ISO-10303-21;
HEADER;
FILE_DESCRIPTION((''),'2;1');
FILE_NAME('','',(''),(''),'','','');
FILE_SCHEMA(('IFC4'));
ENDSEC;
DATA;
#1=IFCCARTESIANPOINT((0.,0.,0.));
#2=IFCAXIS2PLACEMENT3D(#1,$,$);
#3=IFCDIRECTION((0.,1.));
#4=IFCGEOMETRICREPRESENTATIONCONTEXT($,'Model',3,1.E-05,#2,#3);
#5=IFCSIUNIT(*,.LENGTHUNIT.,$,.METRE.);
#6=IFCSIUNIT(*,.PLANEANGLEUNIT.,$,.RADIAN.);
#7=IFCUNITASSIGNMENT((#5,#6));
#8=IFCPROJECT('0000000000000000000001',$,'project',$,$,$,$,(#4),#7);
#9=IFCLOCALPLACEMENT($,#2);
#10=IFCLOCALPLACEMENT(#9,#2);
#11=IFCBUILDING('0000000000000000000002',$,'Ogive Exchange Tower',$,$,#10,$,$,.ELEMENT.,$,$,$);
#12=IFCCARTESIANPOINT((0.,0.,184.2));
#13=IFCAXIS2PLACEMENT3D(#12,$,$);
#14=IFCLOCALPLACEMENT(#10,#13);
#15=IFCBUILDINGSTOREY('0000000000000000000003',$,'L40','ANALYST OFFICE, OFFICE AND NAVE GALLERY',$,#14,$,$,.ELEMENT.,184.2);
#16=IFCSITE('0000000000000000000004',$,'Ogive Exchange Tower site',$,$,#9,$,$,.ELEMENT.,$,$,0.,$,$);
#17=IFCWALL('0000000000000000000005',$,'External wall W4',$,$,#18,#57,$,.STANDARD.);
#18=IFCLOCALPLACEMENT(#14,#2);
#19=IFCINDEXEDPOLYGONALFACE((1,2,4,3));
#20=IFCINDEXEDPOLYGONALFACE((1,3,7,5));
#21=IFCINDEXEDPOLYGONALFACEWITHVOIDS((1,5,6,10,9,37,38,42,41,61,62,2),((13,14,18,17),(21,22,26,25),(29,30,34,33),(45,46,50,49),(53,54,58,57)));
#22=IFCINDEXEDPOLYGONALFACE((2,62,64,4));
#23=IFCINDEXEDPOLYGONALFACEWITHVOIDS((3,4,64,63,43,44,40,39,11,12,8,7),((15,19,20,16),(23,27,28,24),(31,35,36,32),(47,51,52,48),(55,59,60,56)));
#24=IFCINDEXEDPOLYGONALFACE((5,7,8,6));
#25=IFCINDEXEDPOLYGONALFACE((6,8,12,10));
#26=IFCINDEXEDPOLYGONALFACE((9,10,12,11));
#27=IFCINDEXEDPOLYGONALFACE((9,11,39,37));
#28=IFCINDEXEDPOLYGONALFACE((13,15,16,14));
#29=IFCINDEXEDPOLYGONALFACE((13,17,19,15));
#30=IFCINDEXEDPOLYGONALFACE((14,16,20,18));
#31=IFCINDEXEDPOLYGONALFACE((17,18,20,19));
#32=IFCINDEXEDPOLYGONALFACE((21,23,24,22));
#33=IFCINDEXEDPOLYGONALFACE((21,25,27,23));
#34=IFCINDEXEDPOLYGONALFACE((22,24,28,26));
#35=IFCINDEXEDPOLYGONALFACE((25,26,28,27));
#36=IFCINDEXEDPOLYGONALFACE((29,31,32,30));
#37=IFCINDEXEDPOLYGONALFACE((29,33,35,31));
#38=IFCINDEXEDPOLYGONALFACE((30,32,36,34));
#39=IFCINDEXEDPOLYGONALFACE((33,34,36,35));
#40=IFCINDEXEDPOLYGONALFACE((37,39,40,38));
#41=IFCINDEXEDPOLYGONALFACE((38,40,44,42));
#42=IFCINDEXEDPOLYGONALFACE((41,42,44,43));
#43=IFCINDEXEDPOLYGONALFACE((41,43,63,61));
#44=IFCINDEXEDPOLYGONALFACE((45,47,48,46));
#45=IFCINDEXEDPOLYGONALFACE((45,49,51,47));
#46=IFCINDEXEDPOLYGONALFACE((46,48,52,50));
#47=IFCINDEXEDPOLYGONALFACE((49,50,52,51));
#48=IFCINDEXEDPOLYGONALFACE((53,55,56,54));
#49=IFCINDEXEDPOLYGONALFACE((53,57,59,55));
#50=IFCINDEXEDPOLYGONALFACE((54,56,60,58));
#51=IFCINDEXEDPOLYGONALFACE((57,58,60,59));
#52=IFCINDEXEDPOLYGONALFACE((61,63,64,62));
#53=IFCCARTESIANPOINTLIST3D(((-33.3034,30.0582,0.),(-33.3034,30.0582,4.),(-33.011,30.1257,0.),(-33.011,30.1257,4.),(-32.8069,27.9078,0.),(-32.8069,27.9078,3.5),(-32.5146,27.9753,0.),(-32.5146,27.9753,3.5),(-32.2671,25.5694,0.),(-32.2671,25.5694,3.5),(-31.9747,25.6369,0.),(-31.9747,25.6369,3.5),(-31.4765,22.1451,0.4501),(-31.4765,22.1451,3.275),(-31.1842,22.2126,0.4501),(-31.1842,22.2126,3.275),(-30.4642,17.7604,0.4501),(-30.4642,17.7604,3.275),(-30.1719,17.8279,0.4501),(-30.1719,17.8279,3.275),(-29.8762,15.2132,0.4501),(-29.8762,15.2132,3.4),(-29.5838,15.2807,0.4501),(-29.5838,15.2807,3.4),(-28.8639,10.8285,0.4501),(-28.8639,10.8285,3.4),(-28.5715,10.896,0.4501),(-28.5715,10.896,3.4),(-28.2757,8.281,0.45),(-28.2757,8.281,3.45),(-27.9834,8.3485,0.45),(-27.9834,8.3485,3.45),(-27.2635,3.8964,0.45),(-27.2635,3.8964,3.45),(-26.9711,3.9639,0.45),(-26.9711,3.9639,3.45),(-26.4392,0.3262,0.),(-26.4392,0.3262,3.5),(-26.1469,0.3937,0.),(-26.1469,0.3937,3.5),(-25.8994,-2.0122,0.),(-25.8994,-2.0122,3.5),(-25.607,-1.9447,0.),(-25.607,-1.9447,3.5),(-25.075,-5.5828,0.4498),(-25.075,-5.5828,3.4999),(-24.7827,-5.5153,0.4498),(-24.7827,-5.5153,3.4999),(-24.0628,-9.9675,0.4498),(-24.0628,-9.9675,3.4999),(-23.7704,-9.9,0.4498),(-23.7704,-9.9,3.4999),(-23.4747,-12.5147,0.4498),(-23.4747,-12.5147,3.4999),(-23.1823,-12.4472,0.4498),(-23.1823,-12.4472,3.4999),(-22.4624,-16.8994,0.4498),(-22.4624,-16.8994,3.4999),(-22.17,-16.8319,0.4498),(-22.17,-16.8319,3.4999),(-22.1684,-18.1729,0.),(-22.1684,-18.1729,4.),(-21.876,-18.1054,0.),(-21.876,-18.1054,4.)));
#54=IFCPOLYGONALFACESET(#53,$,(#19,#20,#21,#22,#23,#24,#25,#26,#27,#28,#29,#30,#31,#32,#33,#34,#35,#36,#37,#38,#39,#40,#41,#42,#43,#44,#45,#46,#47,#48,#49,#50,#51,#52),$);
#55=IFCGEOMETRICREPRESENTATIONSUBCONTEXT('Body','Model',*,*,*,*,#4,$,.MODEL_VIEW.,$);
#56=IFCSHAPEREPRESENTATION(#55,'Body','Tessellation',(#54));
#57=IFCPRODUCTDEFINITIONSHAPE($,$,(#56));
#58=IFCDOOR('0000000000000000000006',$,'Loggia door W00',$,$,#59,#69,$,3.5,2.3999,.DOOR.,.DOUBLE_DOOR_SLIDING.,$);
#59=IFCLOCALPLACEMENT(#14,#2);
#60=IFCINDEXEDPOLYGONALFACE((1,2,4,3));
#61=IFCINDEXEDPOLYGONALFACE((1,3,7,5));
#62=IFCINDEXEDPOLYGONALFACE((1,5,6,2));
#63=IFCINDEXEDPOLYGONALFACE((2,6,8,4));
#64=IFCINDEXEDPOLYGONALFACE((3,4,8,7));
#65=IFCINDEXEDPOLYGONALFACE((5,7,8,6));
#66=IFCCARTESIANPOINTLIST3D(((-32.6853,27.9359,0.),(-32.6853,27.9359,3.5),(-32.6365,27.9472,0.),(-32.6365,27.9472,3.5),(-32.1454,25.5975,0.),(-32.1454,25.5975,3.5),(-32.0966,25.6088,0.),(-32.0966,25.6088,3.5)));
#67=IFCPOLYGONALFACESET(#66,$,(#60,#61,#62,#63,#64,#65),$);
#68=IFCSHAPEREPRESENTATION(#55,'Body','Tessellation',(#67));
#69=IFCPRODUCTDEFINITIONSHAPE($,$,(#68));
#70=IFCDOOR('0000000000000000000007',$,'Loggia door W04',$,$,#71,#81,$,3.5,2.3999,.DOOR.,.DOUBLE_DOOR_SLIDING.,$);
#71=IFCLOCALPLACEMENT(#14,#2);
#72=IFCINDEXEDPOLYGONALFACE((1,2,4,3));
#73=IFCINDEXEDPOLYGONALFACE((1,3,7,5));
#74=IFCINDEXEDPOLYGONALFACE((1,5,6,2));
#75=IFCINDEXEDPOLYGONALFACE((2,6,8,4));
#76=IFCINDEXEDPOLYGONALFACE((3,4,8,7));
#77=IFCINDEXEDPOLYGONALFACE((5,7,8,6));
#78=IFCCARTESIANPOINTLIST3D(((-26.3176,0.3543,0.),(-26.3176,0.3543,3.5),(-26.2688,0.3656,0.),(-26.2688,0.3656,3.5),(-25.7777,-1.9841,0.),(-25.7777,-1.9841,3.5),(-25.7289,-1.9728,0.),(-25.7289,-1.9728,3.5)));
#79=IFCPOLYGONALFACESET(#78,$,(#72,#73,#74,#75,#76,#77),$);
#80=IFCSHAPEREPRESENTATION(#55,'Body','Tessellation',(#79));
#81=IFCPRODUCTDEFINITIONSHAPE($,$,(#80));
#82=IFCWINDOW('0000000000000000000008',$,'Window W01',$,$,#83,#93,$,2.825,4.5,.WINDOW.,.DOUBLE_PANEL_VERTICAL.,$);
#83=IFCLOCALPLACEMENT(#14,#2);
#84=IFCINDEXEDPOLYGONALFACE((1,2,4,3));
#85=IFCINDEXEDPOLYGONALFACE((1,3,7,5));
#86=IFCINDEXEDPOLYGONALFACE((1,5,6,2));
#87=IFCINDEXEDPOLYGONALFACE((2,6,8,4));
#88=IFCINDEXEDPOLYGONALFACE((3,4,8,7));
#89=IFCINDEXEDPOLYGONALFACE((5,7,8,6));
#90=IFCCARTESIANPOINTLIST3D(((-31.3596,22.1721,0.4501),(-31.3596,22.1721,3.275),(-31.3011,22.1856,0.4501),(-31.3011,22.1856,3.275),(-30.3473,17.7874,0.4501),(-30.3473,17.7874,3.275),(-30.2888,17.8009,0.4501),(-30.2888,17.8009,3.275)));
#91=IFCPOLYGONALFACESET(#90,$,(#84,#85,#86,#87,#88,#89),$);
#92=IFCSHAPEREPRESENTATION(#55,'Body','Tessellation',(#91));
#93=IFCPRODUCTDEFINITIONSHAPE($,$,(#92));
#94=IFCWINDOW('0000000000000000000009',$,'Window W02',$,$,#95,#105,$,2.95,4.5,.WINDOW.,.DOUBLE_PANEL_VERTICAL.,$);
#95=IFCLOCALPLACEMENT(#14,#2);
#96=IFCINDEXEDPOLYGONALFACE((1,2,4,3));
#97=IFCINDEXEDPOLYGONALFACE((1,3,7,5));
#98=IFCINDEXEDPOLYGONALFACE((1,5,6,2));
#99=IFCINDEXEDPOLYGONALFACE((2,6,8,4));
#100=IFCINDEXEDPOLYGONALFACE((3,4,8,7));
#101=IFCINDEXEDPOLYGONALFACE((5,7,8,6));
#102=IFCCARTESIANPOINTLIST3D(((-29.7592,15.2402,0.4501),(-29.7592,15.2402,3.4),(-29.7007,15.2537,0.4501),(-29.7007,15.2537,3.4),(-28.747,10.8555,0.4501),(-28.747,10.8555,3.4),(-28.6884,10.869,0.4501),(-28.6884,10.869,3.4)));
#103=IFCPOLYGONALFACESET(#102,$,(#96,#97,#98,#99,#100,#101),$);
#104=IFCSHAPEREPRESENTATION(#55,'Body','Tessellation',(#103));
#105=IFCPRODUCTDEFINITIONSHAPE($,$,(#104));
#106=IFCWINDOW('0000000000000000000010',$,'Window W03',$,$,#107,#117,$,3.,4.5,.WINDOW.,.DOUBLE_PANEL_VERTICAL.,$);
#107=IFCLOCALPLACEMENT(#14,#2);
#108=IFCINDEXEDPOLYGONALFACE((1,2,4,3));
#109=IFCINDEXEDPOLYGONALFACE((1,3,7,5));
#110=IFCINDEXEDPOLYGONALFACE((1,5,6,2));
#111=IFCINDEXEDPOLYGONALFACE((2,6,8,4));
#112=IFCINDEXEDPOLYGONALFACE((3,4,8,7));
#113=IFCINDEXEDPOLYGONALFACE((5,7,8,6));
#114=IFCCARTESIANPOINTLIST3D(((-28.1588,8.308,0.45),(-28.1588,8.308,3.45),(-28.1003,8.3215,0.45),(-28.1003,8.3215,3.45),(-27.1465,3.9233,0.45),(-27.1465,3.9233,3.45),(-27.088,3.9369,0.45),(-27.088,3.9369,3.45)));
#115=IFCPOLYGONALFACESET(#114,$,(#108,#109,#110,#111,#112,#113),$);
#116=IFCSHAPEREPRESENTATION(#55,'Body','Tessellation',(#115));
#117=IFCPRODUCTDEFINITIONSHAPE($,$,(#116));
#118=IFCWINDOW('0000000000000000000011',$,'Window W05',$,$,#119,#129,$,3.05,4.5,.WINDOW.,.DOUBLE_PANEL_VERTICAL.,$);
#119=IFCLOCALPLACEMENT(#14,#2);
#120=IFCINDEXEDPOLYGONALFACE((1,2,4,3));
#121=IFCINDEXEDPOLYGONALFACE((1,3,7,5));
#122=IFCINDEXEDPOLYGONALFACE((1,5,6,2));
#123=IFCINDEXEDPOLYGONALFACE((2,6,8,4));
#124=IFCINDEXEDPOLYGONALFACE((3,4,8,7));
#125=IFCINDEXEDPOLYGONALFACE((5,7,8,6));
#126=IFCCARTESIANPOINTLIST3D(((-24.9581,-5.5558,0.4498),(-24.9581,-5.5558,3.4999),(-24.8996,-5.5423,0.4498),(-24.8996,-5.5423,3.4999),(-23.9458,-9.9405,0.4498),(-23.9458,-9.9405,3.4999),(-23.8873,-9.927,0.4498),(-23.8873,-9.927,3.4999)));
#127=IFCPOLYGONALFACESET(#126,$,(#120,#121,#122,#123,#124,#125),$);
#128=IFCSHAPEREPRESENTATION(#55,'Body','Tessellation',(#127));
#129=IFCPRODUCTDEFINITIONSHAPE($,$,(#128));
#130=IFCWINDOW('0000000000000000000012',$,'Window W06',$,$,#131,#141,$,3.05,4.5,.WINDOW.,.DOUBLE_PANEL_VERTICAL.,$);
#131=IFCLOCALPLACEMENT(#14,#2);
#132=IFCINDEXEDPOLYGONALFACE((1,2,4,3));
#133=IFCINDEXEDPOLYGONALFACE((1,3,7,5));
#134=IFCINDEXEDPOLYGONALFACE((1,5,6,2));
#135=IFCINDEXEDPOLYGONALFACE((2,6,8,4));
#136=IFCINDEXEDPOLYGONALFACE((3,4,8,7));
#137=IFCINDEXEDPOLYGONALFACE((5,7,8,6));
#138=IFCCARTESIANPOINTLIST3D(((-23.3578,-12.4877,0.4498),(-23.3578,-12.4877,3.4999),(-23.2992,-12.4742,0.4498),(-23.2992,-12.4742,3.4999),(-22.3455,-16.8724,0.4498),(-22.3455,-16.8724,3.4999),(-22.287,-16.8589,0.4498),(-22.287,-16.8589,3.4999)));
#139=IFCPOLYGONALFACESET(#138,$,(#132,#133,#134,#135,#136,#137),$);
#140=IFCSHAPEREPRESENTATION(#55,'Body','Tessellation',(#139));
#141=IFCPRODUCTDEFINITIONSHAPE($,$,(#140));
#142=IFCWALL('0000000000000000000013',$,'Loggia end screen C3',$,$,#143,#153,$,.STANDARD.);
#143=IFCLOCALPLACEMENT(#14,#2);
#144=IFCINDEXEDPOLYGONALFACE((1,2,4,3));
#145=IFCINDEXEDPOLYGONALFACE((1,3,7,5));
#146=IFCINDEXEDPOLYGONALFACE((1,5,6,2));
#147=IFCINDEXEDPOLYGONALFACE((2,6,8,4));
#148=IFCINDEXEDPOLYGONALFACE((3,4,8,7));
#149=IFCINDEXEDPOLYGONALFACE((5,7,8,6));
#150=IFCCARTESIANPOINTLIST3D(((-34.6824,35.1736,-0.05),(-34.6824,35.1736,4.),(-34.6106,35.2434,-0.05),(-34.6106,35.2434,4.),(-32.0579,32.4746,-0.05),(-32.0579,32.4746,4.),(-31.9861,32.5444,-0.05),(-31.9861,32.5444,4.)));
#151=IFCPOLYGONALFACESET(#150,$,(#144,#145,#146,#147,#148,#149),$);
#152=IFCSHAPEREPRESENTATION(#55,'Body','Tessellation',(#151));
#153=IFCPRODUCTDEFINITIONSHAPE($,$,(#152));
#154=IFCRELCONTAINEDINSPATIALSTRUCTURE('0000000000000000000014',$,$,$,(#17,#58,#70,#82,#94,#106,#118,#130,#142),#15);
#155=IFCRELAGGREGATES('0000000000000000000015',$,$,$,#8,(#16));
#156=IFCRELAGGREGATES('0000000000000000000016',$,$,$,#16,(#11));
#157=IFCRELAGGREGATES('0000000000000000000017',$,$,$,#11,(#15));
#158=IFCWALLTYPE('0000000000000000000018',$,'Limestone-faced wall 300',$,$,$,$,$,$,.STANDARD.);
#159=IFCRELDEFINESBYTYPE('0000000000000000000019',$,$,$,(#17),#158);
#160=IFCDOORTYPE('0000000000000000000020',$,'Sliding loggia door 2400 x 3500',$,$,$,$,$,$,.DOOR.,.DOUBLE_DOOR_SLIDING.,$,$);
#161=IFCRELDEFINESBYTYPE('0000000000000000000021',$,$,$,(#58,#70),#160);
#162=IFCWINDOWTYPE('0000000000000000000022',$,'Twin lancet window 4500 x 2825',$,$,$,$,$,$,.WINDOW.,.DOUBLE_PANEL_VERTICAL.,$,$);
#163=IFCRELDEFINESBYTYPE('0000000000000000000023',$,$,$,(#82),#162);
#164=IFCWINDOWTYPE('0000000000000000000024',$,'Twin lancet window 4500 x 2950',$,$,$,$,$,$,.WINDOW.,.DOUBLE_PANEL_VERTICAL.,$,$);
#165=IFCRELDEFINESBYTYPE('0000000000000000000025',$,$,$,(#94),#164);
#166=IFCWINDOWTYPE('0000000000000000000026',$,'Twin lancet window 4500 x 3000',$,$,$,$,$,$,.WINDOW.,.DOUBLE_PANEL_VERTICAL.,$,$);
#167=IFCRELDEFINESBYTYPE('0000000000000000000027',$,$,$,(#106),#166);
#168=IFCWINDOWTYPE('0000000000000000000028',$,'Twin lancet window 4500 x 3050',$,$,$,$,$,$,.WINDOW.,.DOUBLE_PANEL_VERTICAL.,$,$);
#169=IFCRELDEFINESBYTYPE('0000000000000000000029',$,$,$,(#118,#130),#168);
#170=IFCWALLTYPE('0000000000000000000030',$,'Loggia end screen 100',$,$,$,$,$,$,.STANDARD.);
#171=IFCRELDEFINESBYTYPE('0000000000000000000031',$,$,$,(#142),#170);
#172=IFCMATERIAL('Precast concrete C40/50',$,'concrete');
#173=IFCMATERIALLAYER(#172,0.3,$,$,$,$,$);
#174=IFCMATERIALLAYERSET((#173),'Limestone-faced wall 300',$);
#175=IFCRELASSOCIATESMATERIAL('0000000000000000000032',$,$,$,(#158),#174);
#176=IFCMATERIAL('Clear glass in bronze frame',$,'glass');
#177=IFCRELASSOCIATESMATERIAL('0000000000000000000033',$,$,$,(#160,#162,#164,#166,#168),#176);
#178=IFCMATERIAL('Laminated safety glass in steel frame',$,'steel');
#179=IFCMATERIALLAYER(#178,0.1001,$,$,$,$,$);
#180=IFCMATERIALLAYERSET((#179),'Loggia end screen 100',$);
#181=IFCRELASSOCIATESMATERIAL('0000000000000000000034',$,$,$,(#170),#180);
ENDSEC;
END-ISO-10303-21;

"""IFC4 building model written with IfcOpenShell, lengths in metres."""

from ifc_helpers import new_model, si_unit, direction, frame, frame_2d, origin, place, context, subcontext, project, spatial, rectangle, extrude, material, layer, layer_set, type_object, element, fill, save


model = new_model("IFC4")

# Units and contexts
model_context = context("Model", 3, precision=1e-05, world=origin(), true_north=direction((0.0, 1.0)))
body_context = subcontext(model_context, "Body", "Model", "MODEL_VIEW")
ifc_project = project(units=[si_unit("LENGTHUNIT", "METRE"), si_unit("PLANEANGLEUNIT", "RADIAN")], contexts=[model_context])

# Site, building, storey
site_placement = place(None, origin())
site = spatial("IfcSite", under=ifc_project, at=site_placement, Name="Ogive Exchange Tower site", CompositionType="ELEMENT", RefElevation=0.0)
building_placement = place(site_placement, origin())
building = spatial("IfcBuilding", under=site, at=building_placement, Name="Ogive Exchange Tower", CompositionType="ELEMENT")
storey_placement = place(building_placement, frame((0.0, 0.0, 184.2)))
storey = spatial("IfcBuildingStorey", under=building, at=storey_placement, Name="L40", Description="ANALYST OFFICE, OFFICE AND NAVE GALLERY", CompositionType="ELEMENT", Elevation=184.2)

# Wall, openings, doors, windows
ifc_material_1 = material(Name="Precast concrete C40/50", Category="concrete")
ifc_layer_1 = layer(ifc_material_1, 0.3)
ifc_layer_set_1 = layer_set([ifc_layer_1], Name="Limestone-faced wall 300")
wall_type_1 = type_object("IfcWallType", Name="Limestone-faced wall 300", PredefinedType="STANDARD", material=ifc_layer_set_1)
wall_1_placement = place(storey_placement, frame((-33.1572, 30.092, 0.0), z_axis=(0.0, 0.0, 1.0), x_axis=(0.22495, -0.97437, 0.0)))
wall_1 = element("IfcWall", 1, at=wall_1_placement, inside=storey, type_object=wall_type_1, Name="External wall W4", PredefinedType="STANDARD", context=body_context, shape_type="SweptSolid", body=[
    extrude(rectangle(XDim=49.4998, YDim=0.3, at=frame_2d((24.75, 0.0))), origin(), (0.0, 0.0, 1.0), 4.0),
])
opening_1_placement = place(wall_1_placement, frame((2.207, 0.0, 0.0)))
opening_1 = element("IfcOpeningElement", 2, at=opening_1_placement, cuts=wall_1, PredefinedType="OPENING", context=body_context, shape_type="SweptSolid", body=[
    extrude(rectangle(XDim=2.3999, YDim=3.5, at=frame_2d((1.2, 1.75))), frame((0.0, 0.1599, 0.0), z_axis=(0.0, -1.0, 0.0), x_axis=(1.0, 0.0, 0.0)), (0.0, 0.0, 1.0), 0.3201),
])
opening_2_placement = place(wall_1_placement, frame((8.1213, 0.0, 0.45)))
opening_2 = element("IfcOpeningElement", 3, at=opening_2_placement, cuts=wall_1, PredefinedType="OPENING", context=body_context, shape_type="SweptSolid", body=[
    extrude(rectangle(XDim=4.5, YDim=2.825, at=frame_2d((2.25, 1.4126))), frame((0.0, 0.1599, 0.0), z_axis=(0.0, -1.0, 0.0), x_axis=(1.0, 0.0, 0.0)), (0.0, 0.0, 1.0), 0.3201),
])
opening_3_placement = place(wall_1_placement, frame((15.2356, 0.0, 0.45)))
opening_3 = element("IfcOpeningElement", 4, at=opening_3_placement, cuts=wall_1, PredefinedType="OPENING", context=body_context, shape_type="SweptSolid", body=[
    extrude(rectangle(XDim=4.5, YDim=2.95, at=frame_2d((2.25, 1.4751))), frame((0.0, 0.1599, 0.0), z_axis=(0.0, -1.0, 0.0), x_axis=(1.0, 0.0, 0.0)), (0.0, 0.0, 1.0), 0.3201),
])
opening_4_placement = place(wall_1_placement, frame((22.3501, 0.0, 0.45)))
opening_4 = element("IfcOpeningElement", 5, at=opening_4_placement, cuts=wall_1, PredefinedType="OPENING", context=body_context, shape_type="SweptSolid", body=[
    extrude(rectangle(XDim=4.5, YDim=3.0, at=frame_2d((2.25, 1.5))), frame((0.0, 0.1599, 0.0), z_axis=(0.0, -1.0, 0.0), x_axis=(1.0, 0.0, 0.0)), (0.0, 0.0, 1.0), 0.3201),
])
opening_5_placement = place(wall_1_placement, frame((30.5142, 0.0, 0.0)))
opening_5 = element("IfcOpeningElement", 6, at=opening_5_placement, cuts=wall_1, PredefinedType="OPENING", context=body_context, shape_type="SweptSolid", body=[
    extrude(rectangle(XDim=2.3999, YDim=3.5, at=frame_2d((1.2, 1.75))), frame((0.0, 0.1599, 0.0), z_axis=(0.0, -1.0, 0.0), x_axis=(1.0, 0.0, 0.0)), (0.0, 0.0, 1.0), 0.3201),
])
opening_6_placement = place(wall_1_placement, frame((36.5786, 0.0, 0.45)))
opening_6 = element("IfcOpeningElement", 7, at=opening_6_placement, cuts=wall_1, PredefinedType="OPENING", context=body_context, shape_type="SweptSolid", body=[
    extrude(rectangle(XDim=4.5, YDim=3.05, at=frame_2d((2.25, 1.5249))), frame((0.0, 0.1599, 0.0), z_axis=(0.0, -1.0, 0.0), x_axis=(1.0, 0.0, 0.0)), (0.0, 0.0, 1.0), 0.3201),
])
opening_7_placement = place(wall_1_placement, frame((43.6929, 0.0, 0.45)))
opening_7 = element("IfcOpeningElement", 8, at=opening_7_placement, cuts=wall_1, PredefinedType="OPENING", context=body_context, shape_type="SweptSolid", body=[
    extrude(rectangle(XDim=4.5, YDim=3.05, at=frame_2d((2.25, 1.5249))), frame((0.0, 0.1599, 0.0), z_axis=(0.0, -1.0, 0.0), x_axis=(1.0, 0.0, 0.0)), (0.0, 0.0, 1.0), 0.3201),
])
ifc_material_2 = material(Name="Clear glass in bronze frame", Category="glass")
door_type_1 = type_object("IfcDoorType", Name="Sliding loggia door 2400 x 3500", OperationType="DOUBLE_DOOR_SLIDING", PredefinedType="DOOR", material=ifc_material_2)
door_1_placement = place(opening_1_placement, origin())
door_1 = element("IfcDoor", 9, at=door_1_placement, inside=storey, type_object=door_type_1, Name="Loggia door W00", OperationType="DOUBLE_DOOR_SLIDING", OverallHeight=3.5, OverallWidth=2.3999, PredefinedType="DOOR", context=body_context, shape_type="SweptSolid", body=[
    extrude(rectangle(XDim=2.3999, YDim=3.5, at=frame_2d((1.2, 1.75))), frame((0.0, 0.0249, 0.0), z_axis=(0.0, -1.0, 0.0), x_axis=(1.0, 0.0, 0.0)), (0.0, 0.0, 1.0), 0.05),
])
fill(opening_1, door_1)
door_2_placement = place(opening_5_placement, origin())
door_2 = element("IfcDoor", 10, at=door_2_placement, inside=storey, type_object=door_type_1, Name="Loggia door W04", OperationType="DOUBLE_DOOR_SLIDING", OverallHeight=3.5, OverallWidth=2.3999, PredefinedType="DOOR", context=body_context, shape_type="SweptSolid", body=[
    extrude(rectangle(XDim=2.3999, YDim=3.5, at=frame_2d((1.2, 1.75))), frame((0.0, 0.0249, 0.0), z_axis=(0.0, -1.0, 0.0), x_axis=(1.0, 0.0, 0.0)), (0.0, 0.0, 1.0), 0.05),
])
fill(opening_5, door_2)
window_type_1 = type_object("IfcWindowType", Name="Twin lancet window 4500 x 2825", PartitioningType="DOUBLE_PANEL_VERTICAL", PredefinedType="WINDOW", material=ifc_material_2)
window_1_placement = place(opening_2_placement, origin())
window_1 = element("IfcWindow", 11, at=window_1_placement, inside=storey, type_object=window_type_1, Name="Window W01", OverallHeight=2.825, OverallWidth=4.5, PartitioningType="DOUBLE_PANEL_VERTICAL", PredefinedType="WINDOW", context=body_context, shape_type="SweptSolid", body=[
    extrude(rectangle(XDim=4.5, YDim=2.825, at=frame_2d((2.25, 1.4126))), frame((0.0, 0.03, 0.0), z_axis=(0.0, -1.0, 0.0), x_axis=(1.0, 0.0, 0.0)), (0.0, 0.0, 1.0), 0.0601),
])
fill(opening_2, window_1)
window_type_2 = type_object("IfcWindowType", Name="Twin lancet window 4500 x 2950", PartitioningType="DOUBLE_PANEL_VERTICAL", PredefinedType="WINDOW", material=ifc_material_2)
window_2_placement = place(opening_3_placement, origin())
window_2 = element("IfcWindow", 12, at=window_2_placement, inside=storey, type_object=window_type_2, Name="Window W02", OverallHeight=2.95, OverallWidth=4.5, PartitioningType="DOUBLE_PANEL_VERTICAL", PredefinedType="WINDOW", context=body_context, shape_type="SweptSolid", body=[
    extrude(rectangle(XDim=4.5, YDim=2.95, at=frame_2d((2.25, 1.4751))), frame((0.0, 0.03, 0.0), z_axis=(0.0, -1.0, 0.0), x_axis=(1.0, 0.0, 0.0)), (0.0, 0.0, 1.0), 0.0601),
])
fill(opening_3, window_2)
window_type_3 = type_object("IfcWindowType", Name="Twin lancet window 4500 x 3000", PartitioningType="DOUBLE_PANEL_VERTICAL", PredefinedType="WINDOW", material=ifc_material_2)
window_3_placement = place(opening_4_placement, origin())
window_3 = element("IfcWindow", 13, at=window_3_placement, inside=storey, type_object=window_type_3, Name="Window W03", OverallHeight=3.0, OverallWidth=4.5, PartitioningType="DOUBLE_PANEL_VERTICAL", PredefinedType="WINDOW", context=body_context, shape_type="SweptSolid", body=[
    extrude(rectangle(XDim=4.5, YDim=3.0, at=frame_2d((2.25, 1.5))), frame((0.0, 0.03, 0.0), z_axis=(0.0, -1.0, 0.0), x_axis=(1.0, 0.0, 0.0)), (0.0, 0.0, 1.0), 0.0601),
])
fill(opening_4, window_3)
window_type_4 = type_object("IfcWindowType", Name="Twin lancet window 4500 x 3050", PartitioningType="DOUBLE_PANEL_VERTICAL", PredefinedType="WINDOW", material=ifc_material_2)
window_4_placement = place(opening_6_placement, origin())
window_4 = element("IfcWindow", 14, at=window_4_placement, inside=storey, type_object=window_type_4, Name="Window W05", OverallHeight=3.05, OverallWidth=4.5, PartitioningType="DOUBLE_PANEL_VERTICAL", PredefinedType="WINDOW", context=body_context, shape_type="SweptSolid", body=[
    extrude(rectangle(XDim=4.5, YDim=3.05, at=frame_2d((2.25, 1.5249))), frame((0.0, 0.03, 0.0), z_axis=(0.0, -1.0, 0.0), x_axis=(1.0, 0.0, 0.0)), (0.0, 0.0, 1.0), 0.0601),
])
fill(opening_6, window_4)
window_5_placement = place(opening_7_placement, origin())
window_5 = element("IfcWindow", 15, at=window_5_placement, inside=storey, type_object=window_type_4, Name="Window W06", OverallHeight=3.05, OverallWidth=4.5, PartitioningType="DOUBLE_PANEL_VERTICAL", PredefinedType="WINDOW", context=body_context, shape_type="SweptSolid", body=[
    extrude(rectangle(XDim=4.5, YDim=3.05, at=frame_2d((2.25, 1.5249))), frame((0.0, 0.03, 0.0), z_axis=(0.0, -1.0, 0.0), x_axis=(1.0, 0.0, 0.0)), (0.0, 0.0, 1.0), 0.0601),
])
fill(opening_7, window_5)

# Wall
ifc_material_3 = material(Name="Laminated safety glass in steel frame", Category="steel")
ifc_layer_2 = layer(ifc_material_3, 0.1001)
ifc_layer_set_2 = layer_set([ifc_layer_2], Name="Loggia end screen 100")
wall_type_2 = type_object("IfcWallType", Name="Loggia end screen 100", PredefinedType="STANDARD", material=ifc_layer_set_2)
wall_2_placement = place(storey_placement, frame((-32.022, 32.5095, -0.05), z_axis=(0.0, 0.0, 1.0), x_axis=(-0.697148, 0.716927, 0.0)))
element("IfcWall", 16, at=wall_2_placement, inside=storey, type_object=wall_type_2, Name="Loggia end screen C3", PredefinedType="STANDARD", context=body_context, shape_type="SweptSolid", body=[
    extrude(rectangle(XDim=3.7646, YDim=0.1001, at=frame_2d((1.8823, 0.0))), origin(), (0.0, 0.0, 1.0), 4.05),
])

save(model, "model.ifc")
